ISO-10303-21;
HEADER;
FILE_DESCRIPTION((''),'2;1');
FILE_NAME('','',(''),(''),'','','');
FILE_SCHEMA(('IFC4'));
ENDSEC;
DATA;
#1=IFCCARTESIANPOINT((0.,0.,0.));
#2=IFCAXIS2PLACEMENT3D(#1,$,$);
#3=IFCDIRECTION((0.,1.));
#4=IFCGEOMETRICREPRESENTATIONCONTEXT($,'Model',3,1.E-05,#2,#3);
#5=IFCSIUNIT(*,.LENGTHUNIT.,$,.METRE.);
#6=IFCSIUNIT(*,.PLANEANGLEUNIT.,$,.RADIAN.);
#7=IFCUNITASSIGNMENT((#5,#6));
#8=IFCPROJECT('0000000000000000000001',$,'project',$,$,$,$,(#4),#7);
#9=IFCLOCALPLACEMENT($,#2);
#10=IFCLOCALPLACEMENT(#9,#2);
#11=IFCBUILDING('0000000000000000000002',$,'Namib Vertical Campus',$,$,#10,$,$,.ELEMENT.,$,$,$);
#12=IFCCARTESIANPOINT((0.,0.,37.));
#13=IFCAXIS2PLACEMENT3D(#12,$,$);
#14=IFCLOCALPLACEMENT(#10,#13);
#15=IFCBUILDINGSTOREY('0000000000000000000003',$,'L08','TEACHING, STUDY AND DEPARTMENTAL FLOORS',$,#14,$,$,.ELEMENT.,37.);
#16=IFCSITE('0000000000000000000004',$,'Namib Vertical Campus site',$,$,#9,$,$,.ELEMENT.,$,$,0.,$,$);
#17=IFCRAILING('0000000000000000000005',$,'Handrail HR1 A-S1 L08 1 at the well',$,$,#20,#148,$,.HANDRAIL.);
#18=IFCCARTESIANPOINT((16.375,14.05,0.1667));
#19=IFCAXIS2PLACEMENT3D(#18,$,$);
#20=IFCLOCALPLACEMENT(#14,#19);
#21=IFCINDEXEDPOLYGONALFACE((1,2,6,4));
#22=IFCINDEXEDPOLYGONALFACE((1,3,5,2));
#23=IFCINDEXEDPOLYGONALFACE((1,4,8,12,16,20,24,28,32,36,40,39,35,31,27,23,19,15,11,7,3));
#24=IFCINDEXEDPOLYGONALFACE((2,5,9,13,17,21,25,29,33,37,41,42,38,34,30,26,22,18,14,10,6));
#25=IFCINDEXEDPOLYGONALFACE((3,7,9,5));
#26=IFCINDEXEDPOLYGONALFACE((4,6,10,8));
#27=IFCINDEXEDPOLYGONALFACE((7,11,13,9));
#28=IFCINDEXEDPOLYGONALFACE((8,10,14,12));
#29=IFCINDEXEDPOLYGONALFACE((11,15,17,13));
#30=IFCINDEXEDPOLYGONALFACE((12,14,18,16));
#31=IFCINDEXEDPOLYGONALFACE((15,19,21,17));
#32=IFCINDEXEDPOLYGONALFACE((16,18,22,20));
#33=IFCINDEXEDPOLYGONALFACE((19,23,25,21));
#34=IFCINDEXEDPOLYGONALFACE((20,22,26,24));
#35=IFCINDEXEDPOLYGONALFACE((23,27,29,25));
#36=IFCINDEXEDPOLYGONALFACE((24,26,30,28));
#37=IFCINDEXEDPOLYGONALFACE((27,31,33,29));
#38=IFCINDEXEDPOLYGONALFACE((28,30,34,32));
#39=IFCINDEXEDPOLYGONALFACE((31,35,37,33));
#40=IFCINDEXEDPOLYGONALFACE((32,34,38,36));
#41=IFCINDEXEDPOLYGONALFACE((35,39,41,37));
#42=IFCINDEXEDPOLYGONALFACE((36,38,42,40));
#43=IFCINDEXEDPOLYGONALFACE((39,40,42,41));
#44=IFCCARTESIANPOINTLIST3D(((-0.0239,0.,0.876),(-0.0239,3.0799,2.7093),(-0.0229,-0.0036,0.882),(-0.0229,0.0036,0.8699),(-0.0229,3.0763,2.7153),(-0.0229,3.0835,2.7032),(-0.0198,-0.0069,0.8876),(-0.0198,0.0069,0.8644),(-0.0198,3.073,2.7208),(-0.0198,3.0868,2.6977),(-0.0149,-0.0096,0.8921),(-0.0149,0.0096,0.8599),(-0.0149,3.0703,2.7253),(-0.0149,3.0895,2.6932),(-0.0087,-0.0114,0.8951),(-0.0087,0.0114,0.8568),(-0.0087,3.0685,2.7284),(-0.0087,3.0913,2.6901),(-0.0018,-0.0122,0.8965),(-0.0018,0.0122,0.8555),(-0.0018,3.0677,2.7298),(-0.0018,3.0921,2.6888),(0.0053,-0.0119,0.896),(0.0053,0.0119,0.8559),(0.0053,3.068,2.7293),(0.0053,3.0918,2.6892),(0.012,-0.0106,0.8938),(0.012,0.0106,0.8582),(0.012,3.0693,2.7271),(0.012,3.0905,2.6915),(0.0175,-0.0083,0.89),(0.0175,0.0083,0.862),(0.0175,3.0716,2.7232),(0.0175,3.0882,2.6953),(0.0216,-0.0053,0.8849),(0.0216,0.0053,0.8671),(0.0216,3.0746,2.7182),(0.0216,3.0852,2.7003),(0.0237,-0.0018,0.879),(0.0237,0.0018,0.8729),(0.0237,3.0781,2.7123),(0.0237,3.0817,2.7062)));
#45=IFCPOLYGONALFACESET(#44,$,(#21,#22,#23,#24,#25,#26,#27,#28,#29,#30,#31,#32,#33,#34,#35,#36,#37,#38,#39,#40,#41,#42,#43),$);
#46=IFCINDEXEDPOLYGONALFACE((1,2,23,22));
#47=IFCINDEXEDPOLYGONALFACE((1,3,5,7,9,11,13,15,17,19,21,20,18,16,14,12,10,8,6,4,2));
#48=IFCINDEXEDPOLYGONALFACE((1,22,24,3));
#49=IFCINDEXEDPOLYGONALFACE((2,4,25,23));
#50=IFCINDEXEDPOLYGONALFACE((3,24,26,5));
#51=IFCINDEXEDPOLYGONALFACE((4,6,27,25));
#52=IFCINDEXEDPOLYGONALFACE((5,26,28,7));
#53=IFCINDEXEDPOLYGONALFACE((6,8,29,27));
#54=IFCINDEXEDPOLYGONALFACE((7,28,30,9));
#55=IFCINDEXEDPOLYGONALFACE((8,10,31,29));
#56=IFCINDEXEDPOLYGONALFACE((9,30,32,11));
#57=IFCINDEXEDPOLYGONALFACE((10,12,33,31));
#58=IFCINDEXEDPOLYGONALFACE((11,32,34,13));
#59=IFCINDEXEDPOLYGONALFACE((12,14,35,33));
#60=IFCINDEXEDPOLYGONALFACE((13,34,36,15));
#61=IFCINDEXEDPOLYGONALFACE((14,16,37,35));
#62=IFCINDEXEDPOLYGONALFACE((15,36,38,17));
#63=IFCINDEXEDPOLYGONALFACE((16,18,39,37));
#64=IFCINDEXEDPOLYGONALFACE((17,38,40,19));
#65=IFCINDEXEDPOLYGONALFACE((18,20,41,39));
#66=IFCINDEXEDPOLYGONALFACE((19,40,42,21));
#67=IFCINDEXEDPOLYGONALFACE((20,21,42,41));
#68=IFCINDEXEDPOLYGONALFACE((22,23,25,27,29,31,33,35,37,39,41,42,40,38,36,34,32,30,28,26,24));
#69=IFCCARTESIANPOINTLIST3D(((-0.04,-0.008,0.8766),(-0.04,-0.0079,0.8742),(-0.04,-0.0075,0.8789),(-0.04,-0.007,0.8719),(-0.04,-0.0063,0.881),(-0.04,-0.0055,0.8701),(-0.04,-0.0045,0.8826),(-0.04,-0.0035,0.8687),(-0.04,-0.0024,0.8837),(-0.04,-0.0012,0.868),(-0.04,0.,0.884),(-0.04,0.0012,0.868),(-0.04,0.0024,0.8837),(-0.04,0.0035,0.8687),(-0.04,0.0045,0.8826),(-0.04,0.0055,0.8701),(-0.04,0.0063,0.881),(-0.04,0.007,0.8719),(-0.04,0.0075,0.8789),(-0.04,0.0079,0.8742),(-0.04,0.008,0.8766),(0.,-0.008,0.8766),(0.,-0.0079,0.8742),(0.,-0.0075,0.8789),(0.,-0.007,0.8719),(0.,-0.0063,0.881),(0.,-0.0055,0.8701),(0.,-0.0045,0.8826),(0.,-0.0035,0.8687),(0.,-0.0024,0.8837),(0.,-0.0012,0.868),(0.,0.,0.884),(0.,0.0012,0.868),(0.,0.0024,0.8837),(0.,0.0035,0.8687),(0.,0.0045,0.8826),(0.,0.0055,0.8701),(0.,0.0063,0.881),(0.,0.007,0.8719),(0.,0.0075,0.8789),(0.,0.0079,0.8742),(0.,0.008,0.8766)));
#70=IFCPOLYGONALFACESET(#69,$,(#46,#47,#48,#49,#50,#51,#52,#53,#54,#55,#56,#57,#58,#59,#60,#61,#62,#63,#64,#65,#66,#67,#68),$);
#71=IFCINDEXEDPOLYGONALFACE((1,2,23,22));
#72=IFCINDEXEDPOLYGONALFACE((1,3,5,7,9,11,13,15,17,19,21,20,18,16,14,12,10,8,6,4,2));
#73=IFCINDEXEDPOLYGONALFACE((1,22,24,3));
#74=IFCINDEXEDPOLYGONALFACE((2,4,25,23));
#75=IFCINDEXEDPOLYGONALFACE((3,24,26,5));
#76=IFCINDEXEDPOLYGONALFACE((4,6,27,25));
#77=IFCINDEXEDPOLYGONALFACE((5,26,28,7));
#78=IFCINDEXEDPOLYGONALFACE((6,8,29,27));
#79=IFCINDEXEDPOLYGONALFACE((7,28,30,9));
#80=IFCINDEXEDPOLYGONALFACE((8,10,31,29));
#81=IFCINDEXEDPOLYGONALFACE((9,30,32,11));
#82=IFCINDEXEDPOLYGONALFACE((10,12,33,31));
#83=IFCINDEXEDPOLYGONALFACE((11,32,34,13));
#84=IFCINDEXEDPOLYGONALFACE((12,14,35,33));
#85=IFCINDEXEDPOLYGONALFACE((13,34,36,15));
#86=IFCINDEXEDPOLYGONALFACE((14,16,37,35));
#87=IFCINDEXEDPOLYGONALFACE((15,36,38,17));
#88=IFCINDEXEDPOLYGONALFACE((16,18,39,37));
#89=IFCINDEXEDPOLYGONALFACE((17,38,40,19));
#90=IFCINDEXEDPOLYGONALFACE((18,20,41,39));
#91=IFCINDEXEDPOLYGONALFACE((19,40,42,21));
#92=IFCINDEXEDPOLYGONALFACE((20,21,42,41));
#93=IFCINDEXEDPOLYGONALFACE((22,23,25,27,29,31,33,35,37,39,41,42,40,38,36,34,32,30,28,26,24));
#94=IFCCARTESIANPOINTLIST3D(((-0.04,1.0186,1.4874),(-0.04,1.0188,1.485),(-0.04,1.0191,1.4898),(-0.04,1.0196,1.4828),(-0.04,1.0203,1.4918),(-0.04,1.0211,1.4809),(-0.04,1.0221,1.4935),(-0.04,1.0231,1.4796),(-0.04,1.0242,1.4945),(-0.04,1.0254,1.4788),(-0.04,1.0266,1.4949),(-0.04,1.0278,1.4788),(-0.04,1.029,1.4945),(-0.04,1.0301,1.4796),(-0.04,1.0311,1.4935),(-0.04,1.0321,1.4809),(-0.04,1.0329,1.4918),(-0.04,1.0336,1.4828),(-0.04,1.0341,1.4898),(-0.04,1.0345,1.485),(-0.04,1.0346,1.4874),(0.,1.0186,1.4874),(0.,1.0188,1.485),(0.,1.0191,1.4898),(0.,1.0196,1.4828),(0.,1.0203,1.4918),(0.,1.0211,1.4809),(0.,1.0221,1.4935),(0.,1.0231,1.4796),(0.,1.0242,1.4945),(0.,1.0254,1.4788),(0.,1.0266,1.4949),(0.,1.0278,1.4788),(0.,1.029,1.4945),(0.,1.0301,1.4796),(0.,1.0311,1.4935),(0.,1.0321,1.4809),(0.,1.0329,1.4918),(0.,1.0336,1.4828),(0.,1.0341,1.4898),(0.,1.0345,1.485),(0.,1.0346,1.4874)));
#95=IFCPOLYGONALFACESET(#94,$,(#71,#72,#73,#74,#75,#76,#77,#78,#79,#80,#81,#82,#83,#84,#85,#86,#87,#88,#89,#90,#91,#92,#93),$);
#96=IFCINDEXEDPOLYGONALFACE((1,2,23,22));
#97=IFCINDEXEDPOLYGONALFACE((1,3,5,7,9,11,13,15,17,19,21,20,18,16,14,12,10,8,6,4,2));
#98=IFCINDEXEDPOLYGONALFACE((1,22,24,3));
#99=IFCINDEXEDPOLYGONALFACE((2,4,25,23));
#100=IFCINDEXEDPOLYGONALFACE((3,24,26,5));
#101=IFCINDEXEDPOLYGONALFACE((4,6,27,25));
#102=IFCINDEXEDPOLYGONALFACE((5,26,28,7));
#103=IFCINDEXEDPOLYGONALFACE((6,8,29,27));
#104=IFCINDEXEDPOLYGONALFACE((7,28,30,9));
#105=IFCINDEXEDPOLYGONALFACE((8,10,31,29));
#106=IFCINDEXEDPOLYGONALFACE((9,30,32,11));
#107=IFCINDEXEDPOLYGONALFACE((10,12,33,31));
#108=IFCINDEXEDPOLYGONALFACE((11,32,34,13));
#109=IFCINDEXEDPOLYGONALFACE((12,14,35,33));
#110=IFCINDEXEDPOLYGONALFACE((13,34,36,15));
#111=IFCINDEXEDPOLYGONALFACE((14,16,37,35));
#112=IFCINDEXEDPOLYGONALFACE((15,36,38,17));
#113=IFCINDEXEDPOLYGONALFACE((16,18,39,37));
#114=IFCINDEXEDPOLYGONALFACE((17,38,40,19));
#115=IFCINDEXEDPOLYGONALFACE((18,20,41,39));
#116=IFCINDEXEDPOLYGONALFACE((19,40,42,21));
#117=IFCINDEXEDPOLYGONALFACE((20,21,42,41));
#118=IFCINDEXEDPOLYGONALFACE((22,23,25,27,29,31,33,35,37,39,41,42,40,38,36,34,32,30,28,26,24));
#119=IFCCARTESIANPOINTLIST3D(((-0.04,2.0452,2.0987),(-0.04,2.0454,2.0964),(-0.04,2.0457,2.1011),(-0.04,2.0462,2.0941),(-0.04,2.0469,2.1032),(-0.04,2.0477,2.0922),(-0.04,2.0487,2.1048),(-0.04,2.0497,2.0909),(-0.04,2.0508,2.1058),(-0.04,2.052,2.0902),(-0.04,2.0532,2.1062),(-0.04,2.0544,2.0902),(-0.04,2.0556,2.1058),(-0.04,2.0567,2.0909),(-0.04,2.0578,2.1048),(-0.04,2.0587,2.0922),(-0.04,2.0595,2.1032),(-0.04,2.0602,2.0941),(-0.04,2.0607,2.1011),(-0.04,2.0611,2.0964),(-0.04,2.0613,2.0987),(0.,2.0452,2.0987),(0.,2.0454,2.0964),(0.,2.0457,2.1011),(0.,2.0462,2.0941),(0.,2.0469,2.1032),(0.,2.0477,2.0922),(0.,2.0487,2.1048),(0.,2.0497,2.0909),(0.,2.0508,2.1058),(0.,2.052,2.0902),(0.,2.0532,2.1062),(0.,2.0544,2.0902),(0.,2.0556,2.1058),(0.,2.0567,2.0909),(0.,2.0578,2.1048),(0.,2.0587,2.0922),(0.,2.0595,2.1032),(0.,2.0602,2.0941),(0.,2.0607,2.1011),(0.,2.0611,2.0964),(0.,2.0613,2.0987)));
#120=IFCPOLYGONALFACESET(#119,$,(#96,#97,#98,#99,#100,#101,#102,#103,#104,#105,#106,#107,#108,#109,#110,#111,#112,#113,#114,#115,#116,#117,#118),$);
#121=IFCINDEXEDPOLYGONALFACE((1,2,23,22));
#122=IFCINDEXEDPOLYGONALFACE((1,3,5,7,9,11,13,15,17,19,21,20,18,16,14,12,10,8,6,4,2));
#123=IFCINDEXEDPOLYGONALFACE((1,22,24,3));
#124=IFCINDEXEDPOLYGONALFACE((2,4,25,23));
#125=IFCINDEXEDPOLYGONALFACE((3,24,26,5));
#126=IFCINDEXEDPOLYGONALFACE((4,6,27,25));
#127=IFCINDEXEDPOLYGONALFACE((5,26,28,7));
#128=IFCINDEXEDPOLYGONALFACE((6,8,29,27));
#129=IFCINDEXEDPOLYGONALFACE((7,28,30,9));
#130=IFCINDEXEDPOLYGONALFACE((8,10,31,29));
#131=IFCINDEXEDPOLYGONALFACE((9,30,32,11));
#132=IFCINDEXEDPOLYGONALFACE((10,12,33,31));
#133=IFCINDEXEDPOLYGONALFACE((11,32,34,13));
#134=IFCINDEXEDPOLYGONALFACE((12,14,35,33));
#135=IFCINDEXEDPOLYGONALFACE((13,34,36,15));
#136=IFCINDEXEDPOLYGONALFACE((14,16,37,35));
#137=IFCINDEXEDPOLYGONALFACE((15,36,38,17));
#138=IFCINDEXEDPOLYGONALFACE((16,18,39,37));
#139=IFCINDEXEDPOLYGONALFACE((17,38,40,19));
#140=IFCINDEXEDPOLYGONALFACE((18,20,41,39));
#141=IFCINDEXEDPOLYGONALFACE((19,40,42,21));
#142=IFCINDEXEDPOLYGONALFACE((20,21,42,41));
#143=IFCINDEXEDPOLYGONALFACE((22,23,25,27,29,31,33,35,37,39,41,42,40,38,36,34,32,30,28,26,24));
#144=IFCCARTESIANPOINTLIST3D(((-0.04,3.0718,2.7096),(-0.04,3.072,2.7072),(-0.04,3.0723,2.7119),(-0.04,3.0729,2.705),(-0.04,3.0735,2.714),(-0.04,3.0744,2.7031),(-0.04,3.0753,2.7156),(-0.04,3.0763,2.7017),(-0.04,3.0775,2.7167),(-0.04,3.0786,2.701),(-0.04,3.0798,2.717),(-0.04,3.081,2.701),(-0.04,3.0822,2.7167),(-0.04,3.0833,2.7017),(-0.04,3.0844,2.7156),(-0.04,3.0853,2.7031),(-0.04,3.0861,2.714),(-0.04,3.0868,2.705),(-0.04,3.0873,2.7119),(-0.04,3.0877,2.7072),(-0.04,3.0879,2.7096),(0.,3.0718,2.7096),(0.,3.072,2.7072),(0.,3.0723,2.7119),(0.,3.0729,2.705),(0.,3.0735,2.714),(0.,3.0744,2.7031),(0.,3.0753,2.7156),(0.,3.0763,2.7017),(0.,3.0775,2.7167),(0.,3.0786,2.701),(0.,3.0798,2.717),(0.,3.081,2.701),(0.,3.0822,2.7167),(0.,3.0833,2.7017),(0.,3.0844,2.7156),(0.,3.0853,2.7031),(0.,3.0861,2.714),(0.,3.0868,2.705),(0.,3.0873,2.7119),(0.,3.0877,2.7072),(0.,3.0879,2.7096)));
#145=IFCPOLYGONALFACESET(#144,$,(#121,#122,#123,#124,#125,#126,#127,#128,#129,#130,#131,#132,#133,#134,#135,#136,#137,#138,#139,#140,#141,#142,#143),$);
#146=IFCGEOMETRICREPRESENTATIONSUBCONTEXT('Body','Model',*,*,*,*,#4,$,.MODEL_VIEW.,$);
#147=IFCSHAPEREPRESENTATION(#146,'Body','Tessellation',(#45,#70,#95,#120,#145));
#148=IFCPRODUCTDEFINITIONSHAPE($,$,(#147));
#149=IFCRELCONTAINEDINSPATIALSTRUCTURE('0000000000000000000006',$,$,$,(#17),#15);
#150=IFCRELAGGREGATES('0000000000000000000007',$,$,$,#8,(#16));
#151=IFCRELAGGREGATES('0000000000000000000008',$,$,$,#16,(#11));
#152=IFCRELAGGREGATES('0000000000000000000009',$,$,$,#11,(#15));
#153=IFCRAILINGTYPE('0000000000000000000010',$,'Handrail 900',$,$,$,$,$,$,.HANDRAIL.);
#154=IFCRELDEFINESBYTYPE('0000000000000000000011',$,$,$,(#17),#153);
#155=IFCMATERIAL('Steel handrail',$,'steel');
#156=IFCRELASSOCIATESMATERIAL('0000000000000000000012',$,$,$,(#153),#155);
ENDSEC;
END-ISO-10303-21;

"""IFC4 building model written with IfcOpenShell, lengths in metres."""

from ifc_helpers import new_model, si_unit, direction, frame, origin, origin_2d, place, context, subcontext, project, spatial, circle, extrude, material, type_object, element, save


model = new_model("IFC4")

# Units and contexts
model_context = context("Model", 3, precision=1e-05, world=origin(), true_north=direction((0.0, 1.0)))
body_context = subcontext(model_context, "Body", "Model", "MODEL_VIEW")
ifc_project = project(units=[si_unit("LENGTHUNIT", "METRE"), si_unit("PLANEANGLEUNIT", "RADIAN")], contexts=[model_context])

# Site, building, storey
site_placement = place(None, origin())
site = spatial("IfcSite", under=ifc_project, at=site_placement, Name="Namib Vertical Campus site", CompositionType="ELEMENT", RefElevation=0.0)
building_placement = place(site_placement, origin())
building = spatial("IfcBuilding", under=site, at=building_placement, Name="Namib Vertical Campus", CompositionType="ELEMENT")
storey_placement = place(building_placement, frame((0.0, 0.0, 37.0)))
storey = spatial("IfcBuildingStorey", under=building, at=storey_placement, Name="L08", Description="TEACHING, STUDY AND DEPARTMENTAL FLOORS", CompositionType="ELEMENT", Elevation=37.0)

# Railing
ifc_material_1 = material(Name="Steel handrail", Category="steel")
railing_type_1 = type_object("IfcRailingType", Name="Handrail 900", PredefinedType="HANDRAIL", material=ifc_material_1)
railing_1_placement = place(storey_placement, frame((16.375, 14.05, 0.1667)))
element("IfcRailing", 1, at=railing_1_placement, inside=storey, type_object=railing_type_1, Name="Handrail HR1 A-S1 L08 1 at the well", PredefinedType="HANDRAIL", context=body_context, shape_type="SweptSolid", body=[
    extrude(circle(Radius=0.0239, at=origin_2d()), frame((0.0, 0.0, 0.876), z_axis=(0.0, 0.859291, 0.511487), x_axis=(-1.0, 0.0, 0.0)), (0.0, 0.0, 1.0), 3.5842),
    extrude(circle(Radius=0.0081, at=origin_2d()), frame((0.0, 0.0, 0.876), z_axis=(-1.0, 0.0, 0.0), x_axis=(0.0, 0.0, 1.0)), (0.0, 0.0, 1.0), 0.04),
    extrude(circle(Radius=0.0081, at=origin_2d()), frame((0.0, 1.0266, 1.4868), z_axis=(-1.0, 0.0, 0.0), x_axis=(0.0, 0.0, 1.0)), (0.0, 0.0, 1.0), 0.04),
    extrude(circle(Radius=0.0081, at=origin_2d()), frame((0.0, 2.0532, 2.0981), z_axis=(-1.0, 0.0, 0.0), x_axis=(0.0, 0.0, 1.0)), (0.0, 0.0, 1.0), 0.04),
    extrude(circle(Radius=0.0081, at=origin_2d()), frame((0.0, 3.0798, 2.709), z_axis=(-1.0, 0.0, 0.0), x_axis=(0.0, 0.0, 1.0)), (0.0, 0.0, 1.0), 0.04),
])

save(model, "model.ifc")
